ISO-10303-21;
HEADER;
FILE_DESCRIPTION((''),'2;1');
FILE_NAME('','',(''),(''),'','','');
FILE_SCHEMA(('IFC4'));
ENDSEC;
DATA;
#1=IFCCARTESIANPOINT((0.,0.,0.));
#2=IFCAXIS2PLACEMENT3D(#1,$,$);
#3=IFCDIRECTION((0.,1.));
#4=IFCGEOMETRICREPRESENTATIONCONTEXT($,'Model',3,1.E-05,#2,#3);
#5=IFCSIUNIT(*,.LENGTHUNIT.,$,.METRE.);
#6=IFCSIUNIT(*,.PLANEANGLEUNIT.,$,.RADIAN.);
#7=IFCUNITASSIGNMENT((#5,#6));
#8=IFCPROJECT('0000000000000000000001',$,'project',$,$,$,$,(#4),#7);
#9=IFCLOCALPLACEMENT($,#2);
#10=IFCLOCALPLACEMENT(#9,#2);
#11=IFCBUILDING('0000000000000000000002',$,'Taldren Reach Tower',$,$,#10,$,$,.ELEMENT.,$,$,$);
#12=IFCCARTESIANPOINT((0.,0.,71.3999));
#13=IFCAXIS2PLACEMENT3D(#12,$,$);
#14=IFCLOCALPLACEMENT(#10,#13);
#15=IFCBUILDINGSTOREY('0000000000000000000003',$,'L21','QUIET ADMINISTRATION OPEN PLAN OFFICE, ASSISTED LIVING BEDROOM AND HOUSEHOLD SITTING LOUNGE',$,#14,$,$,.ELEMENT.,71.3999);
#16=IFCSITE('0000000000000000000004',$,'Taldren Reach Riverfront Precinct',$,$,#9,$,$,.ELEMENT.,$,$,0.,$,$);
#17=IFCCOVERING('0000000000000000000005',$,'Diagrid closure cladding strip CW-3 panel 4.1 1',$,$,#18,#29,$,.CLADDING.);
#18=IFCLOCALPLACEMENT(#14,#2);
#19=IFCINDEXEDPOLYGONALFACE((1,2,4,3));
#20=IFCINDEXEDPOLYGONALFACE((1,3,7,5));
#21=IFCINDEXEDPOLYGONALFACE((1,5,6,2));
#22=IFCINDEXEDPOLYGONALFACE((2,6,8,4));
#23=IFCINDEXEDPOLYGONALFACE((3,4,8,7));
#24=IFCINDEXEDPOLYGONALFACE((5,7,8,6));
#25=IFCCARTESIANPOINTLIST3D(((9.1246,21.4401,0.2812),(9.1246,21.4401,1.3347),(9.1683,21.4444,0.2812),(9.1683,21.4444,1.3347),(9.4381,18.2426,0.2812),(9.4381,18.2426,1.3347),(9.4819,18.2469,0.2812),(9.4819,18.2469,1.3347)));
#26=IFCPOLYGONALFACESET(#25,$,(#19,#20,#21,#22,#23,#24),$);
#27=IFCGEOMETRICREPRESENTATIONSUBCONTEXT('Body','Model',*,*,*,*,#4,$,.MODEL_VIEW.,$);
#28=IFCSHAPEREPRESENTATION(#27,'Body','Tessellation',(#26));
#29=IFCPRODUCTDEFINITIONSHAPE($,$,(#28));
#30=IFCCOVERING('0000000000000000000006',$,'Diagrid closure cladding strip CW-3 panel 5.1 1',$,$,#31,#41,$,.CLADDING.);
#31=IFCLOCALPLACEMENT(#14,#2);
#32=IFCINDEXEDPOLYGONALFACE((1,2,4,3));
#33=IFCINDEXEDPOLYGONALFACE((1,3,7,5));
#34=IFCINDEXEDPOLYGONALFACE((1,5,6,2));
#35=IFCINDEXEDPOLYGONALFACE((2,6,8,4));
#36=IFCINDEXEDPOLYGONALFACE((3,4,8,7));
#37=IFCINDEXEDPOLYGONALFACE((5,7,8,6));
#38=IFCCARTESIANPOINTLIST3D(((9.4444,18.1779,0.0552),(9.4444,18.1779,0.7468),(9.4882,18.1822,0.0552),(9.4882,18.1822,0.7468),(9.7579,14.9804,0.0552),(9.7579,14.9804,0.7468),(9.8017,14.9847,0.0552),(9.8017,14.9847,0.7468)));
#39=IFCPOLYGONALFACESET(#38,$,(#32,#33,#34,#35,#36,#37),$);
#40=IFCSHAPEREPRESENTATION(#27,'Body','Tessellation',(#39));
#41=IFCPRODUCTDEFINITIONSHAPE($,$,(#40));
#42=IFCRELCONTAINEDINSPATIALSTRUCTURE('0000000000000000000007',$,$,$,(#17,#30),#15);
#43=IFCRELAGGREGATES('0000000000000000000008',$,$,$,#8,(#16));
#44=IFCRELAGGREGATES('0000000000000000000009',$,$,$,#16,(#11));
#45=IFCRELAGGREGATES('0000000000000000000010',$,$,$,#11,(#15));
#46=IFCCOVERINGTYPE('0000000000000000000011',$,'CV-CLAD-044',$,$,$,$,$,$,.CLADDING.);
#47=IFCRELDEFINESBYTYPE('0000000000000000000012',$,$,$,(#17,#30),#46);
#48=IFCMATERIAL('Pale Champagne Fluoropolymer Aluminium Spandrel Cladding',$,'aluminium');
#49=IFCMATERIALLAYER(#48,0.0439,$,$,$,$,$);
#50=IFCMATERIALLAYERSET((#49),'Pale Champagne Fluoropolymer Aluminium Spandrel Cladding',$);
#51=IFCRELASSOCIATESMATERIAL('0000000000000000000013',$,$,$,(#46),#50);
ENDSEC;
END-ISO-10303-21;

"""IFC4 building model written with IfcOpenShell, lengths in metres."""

from ifc_helpers import new_model, si_unit, direction, frame, origin, origin_2d, place, context, subcontext, project, spatial, rectangle, extrude, source, transform, mapped, material, layer, layer_set, type_object, element, save


model = new_model("IFC4")

# Units and contexts
model_context = context("Model", 3, precision=1e-05, world=origin(), true_north=direction((0.0, 1.0)))
body_context = subcontext(model_context, "Body", "Model", "MODEL_VIEW")
ifc_project = project(units=[si_unit("LENGTHUNIT", "METRE"), si_unit("PLANEANGLEUNIT", "RADIAN")], contexts=[model_context])

# Site, building, storey
site_placement = place(None, origin())
site = spatial("IfcSite", under=ifc_project, at=site_placement, Name="Taldren Reach Riverfront Precinct", CompositionType="ELEMENT", RefElevation=0.0)
building_placement = place(site_placement, origin())
building = spatial("IfcBuilding", under=site, at=building_placement, Name="Taldren Reach Tower", CompositionType="ELEMENT")
storey_placement = place(building_placement, frame((0.0, 0.0, 71.3999)))
storey = spatial("IfcBuildingStorey", under=building, at=storey_placement, Name="L21", Description="QUIET ADMINISTRATION OPEN PLAN OFFICE, ASSISTED LIVING BEDROOM AND HOUSEHOLD SITTING LOUNGE", CompositionType="ELEMENT", Elevation=71.3999)

# Coverings
ifc_material_1 = material(Name="Pale Champagne Fluoropolymer Aluminium Spandrel Cladding", Category="aluminium")
ifc_layer_1 = layer(ifc_material_1, 0.0439)
ifc_layer_set_1 = layer_set([ifc_layer_1], Name="Pale Champagne Fluoropolymer Aluminium Spandrel Cladding")
covering_type = type_object("IfcCoveringType", Name="CV-CLAD-044", PredefinedType="CLADDING", material=ifc_layer_set_1)
shared_shape_1 = source(origin(), body_context, "Body", "SweptSolid", [
    extrude(rectangle(XDim=3.2129, YDim=0.0439, at=origin_2d()), origin(), (0.0, 0.0, 1.0), 1.0535),
])
covering_1_placement = place(storey_placement, frame((9.3032, 19.8435, 0.2812), z_axis=(0.0, 0.0, 1.0), x_axis=(0.097583, -0.995227, 0.0)))
element("IfcCovering", 1, at=covering_1_placement, inside=storey, type_object=covering_type, Name="Diagrid closure cladding strip CW-3 panel 4.1 1", PredefinedType="CLADDING", context=body_context, shape_type="MappedRepresentation", body=[
    mapped(shared_shape_1, transform((0.0, 0.0, 0.0), scale=1.0)),
])
shared_shape_2 = source(origin(), body_context, "Body", "SweptSolid", [
    extrude(rectangle(XDim=3.2129, YDim=0.0439, at=origin_2d()), origin(), (0.0, 0.0, 1.0), 0.6917),
])
covering_2_placement = place(storey_placement, frame((9.623, 16.5813, 0.0552), z_axis=(0.0, 0.0, 1.0), x_axis=(0.097583, -0.995227, 0.0)))
element("IfcCovering", 2, at=covering_2_placement, inside=storey, type_object=covering_type, Name="Diagrid closure cladding strip CW-3 panel 5.1 1", PredefinedType="CLADDING", context=body_context, shape_type="MappedRepresentation", body=[
    mapped(shared_shape_2, transform((0.0, 0.0, 0.0), scale=1.0)),
])

save(model, "model.ifc")
